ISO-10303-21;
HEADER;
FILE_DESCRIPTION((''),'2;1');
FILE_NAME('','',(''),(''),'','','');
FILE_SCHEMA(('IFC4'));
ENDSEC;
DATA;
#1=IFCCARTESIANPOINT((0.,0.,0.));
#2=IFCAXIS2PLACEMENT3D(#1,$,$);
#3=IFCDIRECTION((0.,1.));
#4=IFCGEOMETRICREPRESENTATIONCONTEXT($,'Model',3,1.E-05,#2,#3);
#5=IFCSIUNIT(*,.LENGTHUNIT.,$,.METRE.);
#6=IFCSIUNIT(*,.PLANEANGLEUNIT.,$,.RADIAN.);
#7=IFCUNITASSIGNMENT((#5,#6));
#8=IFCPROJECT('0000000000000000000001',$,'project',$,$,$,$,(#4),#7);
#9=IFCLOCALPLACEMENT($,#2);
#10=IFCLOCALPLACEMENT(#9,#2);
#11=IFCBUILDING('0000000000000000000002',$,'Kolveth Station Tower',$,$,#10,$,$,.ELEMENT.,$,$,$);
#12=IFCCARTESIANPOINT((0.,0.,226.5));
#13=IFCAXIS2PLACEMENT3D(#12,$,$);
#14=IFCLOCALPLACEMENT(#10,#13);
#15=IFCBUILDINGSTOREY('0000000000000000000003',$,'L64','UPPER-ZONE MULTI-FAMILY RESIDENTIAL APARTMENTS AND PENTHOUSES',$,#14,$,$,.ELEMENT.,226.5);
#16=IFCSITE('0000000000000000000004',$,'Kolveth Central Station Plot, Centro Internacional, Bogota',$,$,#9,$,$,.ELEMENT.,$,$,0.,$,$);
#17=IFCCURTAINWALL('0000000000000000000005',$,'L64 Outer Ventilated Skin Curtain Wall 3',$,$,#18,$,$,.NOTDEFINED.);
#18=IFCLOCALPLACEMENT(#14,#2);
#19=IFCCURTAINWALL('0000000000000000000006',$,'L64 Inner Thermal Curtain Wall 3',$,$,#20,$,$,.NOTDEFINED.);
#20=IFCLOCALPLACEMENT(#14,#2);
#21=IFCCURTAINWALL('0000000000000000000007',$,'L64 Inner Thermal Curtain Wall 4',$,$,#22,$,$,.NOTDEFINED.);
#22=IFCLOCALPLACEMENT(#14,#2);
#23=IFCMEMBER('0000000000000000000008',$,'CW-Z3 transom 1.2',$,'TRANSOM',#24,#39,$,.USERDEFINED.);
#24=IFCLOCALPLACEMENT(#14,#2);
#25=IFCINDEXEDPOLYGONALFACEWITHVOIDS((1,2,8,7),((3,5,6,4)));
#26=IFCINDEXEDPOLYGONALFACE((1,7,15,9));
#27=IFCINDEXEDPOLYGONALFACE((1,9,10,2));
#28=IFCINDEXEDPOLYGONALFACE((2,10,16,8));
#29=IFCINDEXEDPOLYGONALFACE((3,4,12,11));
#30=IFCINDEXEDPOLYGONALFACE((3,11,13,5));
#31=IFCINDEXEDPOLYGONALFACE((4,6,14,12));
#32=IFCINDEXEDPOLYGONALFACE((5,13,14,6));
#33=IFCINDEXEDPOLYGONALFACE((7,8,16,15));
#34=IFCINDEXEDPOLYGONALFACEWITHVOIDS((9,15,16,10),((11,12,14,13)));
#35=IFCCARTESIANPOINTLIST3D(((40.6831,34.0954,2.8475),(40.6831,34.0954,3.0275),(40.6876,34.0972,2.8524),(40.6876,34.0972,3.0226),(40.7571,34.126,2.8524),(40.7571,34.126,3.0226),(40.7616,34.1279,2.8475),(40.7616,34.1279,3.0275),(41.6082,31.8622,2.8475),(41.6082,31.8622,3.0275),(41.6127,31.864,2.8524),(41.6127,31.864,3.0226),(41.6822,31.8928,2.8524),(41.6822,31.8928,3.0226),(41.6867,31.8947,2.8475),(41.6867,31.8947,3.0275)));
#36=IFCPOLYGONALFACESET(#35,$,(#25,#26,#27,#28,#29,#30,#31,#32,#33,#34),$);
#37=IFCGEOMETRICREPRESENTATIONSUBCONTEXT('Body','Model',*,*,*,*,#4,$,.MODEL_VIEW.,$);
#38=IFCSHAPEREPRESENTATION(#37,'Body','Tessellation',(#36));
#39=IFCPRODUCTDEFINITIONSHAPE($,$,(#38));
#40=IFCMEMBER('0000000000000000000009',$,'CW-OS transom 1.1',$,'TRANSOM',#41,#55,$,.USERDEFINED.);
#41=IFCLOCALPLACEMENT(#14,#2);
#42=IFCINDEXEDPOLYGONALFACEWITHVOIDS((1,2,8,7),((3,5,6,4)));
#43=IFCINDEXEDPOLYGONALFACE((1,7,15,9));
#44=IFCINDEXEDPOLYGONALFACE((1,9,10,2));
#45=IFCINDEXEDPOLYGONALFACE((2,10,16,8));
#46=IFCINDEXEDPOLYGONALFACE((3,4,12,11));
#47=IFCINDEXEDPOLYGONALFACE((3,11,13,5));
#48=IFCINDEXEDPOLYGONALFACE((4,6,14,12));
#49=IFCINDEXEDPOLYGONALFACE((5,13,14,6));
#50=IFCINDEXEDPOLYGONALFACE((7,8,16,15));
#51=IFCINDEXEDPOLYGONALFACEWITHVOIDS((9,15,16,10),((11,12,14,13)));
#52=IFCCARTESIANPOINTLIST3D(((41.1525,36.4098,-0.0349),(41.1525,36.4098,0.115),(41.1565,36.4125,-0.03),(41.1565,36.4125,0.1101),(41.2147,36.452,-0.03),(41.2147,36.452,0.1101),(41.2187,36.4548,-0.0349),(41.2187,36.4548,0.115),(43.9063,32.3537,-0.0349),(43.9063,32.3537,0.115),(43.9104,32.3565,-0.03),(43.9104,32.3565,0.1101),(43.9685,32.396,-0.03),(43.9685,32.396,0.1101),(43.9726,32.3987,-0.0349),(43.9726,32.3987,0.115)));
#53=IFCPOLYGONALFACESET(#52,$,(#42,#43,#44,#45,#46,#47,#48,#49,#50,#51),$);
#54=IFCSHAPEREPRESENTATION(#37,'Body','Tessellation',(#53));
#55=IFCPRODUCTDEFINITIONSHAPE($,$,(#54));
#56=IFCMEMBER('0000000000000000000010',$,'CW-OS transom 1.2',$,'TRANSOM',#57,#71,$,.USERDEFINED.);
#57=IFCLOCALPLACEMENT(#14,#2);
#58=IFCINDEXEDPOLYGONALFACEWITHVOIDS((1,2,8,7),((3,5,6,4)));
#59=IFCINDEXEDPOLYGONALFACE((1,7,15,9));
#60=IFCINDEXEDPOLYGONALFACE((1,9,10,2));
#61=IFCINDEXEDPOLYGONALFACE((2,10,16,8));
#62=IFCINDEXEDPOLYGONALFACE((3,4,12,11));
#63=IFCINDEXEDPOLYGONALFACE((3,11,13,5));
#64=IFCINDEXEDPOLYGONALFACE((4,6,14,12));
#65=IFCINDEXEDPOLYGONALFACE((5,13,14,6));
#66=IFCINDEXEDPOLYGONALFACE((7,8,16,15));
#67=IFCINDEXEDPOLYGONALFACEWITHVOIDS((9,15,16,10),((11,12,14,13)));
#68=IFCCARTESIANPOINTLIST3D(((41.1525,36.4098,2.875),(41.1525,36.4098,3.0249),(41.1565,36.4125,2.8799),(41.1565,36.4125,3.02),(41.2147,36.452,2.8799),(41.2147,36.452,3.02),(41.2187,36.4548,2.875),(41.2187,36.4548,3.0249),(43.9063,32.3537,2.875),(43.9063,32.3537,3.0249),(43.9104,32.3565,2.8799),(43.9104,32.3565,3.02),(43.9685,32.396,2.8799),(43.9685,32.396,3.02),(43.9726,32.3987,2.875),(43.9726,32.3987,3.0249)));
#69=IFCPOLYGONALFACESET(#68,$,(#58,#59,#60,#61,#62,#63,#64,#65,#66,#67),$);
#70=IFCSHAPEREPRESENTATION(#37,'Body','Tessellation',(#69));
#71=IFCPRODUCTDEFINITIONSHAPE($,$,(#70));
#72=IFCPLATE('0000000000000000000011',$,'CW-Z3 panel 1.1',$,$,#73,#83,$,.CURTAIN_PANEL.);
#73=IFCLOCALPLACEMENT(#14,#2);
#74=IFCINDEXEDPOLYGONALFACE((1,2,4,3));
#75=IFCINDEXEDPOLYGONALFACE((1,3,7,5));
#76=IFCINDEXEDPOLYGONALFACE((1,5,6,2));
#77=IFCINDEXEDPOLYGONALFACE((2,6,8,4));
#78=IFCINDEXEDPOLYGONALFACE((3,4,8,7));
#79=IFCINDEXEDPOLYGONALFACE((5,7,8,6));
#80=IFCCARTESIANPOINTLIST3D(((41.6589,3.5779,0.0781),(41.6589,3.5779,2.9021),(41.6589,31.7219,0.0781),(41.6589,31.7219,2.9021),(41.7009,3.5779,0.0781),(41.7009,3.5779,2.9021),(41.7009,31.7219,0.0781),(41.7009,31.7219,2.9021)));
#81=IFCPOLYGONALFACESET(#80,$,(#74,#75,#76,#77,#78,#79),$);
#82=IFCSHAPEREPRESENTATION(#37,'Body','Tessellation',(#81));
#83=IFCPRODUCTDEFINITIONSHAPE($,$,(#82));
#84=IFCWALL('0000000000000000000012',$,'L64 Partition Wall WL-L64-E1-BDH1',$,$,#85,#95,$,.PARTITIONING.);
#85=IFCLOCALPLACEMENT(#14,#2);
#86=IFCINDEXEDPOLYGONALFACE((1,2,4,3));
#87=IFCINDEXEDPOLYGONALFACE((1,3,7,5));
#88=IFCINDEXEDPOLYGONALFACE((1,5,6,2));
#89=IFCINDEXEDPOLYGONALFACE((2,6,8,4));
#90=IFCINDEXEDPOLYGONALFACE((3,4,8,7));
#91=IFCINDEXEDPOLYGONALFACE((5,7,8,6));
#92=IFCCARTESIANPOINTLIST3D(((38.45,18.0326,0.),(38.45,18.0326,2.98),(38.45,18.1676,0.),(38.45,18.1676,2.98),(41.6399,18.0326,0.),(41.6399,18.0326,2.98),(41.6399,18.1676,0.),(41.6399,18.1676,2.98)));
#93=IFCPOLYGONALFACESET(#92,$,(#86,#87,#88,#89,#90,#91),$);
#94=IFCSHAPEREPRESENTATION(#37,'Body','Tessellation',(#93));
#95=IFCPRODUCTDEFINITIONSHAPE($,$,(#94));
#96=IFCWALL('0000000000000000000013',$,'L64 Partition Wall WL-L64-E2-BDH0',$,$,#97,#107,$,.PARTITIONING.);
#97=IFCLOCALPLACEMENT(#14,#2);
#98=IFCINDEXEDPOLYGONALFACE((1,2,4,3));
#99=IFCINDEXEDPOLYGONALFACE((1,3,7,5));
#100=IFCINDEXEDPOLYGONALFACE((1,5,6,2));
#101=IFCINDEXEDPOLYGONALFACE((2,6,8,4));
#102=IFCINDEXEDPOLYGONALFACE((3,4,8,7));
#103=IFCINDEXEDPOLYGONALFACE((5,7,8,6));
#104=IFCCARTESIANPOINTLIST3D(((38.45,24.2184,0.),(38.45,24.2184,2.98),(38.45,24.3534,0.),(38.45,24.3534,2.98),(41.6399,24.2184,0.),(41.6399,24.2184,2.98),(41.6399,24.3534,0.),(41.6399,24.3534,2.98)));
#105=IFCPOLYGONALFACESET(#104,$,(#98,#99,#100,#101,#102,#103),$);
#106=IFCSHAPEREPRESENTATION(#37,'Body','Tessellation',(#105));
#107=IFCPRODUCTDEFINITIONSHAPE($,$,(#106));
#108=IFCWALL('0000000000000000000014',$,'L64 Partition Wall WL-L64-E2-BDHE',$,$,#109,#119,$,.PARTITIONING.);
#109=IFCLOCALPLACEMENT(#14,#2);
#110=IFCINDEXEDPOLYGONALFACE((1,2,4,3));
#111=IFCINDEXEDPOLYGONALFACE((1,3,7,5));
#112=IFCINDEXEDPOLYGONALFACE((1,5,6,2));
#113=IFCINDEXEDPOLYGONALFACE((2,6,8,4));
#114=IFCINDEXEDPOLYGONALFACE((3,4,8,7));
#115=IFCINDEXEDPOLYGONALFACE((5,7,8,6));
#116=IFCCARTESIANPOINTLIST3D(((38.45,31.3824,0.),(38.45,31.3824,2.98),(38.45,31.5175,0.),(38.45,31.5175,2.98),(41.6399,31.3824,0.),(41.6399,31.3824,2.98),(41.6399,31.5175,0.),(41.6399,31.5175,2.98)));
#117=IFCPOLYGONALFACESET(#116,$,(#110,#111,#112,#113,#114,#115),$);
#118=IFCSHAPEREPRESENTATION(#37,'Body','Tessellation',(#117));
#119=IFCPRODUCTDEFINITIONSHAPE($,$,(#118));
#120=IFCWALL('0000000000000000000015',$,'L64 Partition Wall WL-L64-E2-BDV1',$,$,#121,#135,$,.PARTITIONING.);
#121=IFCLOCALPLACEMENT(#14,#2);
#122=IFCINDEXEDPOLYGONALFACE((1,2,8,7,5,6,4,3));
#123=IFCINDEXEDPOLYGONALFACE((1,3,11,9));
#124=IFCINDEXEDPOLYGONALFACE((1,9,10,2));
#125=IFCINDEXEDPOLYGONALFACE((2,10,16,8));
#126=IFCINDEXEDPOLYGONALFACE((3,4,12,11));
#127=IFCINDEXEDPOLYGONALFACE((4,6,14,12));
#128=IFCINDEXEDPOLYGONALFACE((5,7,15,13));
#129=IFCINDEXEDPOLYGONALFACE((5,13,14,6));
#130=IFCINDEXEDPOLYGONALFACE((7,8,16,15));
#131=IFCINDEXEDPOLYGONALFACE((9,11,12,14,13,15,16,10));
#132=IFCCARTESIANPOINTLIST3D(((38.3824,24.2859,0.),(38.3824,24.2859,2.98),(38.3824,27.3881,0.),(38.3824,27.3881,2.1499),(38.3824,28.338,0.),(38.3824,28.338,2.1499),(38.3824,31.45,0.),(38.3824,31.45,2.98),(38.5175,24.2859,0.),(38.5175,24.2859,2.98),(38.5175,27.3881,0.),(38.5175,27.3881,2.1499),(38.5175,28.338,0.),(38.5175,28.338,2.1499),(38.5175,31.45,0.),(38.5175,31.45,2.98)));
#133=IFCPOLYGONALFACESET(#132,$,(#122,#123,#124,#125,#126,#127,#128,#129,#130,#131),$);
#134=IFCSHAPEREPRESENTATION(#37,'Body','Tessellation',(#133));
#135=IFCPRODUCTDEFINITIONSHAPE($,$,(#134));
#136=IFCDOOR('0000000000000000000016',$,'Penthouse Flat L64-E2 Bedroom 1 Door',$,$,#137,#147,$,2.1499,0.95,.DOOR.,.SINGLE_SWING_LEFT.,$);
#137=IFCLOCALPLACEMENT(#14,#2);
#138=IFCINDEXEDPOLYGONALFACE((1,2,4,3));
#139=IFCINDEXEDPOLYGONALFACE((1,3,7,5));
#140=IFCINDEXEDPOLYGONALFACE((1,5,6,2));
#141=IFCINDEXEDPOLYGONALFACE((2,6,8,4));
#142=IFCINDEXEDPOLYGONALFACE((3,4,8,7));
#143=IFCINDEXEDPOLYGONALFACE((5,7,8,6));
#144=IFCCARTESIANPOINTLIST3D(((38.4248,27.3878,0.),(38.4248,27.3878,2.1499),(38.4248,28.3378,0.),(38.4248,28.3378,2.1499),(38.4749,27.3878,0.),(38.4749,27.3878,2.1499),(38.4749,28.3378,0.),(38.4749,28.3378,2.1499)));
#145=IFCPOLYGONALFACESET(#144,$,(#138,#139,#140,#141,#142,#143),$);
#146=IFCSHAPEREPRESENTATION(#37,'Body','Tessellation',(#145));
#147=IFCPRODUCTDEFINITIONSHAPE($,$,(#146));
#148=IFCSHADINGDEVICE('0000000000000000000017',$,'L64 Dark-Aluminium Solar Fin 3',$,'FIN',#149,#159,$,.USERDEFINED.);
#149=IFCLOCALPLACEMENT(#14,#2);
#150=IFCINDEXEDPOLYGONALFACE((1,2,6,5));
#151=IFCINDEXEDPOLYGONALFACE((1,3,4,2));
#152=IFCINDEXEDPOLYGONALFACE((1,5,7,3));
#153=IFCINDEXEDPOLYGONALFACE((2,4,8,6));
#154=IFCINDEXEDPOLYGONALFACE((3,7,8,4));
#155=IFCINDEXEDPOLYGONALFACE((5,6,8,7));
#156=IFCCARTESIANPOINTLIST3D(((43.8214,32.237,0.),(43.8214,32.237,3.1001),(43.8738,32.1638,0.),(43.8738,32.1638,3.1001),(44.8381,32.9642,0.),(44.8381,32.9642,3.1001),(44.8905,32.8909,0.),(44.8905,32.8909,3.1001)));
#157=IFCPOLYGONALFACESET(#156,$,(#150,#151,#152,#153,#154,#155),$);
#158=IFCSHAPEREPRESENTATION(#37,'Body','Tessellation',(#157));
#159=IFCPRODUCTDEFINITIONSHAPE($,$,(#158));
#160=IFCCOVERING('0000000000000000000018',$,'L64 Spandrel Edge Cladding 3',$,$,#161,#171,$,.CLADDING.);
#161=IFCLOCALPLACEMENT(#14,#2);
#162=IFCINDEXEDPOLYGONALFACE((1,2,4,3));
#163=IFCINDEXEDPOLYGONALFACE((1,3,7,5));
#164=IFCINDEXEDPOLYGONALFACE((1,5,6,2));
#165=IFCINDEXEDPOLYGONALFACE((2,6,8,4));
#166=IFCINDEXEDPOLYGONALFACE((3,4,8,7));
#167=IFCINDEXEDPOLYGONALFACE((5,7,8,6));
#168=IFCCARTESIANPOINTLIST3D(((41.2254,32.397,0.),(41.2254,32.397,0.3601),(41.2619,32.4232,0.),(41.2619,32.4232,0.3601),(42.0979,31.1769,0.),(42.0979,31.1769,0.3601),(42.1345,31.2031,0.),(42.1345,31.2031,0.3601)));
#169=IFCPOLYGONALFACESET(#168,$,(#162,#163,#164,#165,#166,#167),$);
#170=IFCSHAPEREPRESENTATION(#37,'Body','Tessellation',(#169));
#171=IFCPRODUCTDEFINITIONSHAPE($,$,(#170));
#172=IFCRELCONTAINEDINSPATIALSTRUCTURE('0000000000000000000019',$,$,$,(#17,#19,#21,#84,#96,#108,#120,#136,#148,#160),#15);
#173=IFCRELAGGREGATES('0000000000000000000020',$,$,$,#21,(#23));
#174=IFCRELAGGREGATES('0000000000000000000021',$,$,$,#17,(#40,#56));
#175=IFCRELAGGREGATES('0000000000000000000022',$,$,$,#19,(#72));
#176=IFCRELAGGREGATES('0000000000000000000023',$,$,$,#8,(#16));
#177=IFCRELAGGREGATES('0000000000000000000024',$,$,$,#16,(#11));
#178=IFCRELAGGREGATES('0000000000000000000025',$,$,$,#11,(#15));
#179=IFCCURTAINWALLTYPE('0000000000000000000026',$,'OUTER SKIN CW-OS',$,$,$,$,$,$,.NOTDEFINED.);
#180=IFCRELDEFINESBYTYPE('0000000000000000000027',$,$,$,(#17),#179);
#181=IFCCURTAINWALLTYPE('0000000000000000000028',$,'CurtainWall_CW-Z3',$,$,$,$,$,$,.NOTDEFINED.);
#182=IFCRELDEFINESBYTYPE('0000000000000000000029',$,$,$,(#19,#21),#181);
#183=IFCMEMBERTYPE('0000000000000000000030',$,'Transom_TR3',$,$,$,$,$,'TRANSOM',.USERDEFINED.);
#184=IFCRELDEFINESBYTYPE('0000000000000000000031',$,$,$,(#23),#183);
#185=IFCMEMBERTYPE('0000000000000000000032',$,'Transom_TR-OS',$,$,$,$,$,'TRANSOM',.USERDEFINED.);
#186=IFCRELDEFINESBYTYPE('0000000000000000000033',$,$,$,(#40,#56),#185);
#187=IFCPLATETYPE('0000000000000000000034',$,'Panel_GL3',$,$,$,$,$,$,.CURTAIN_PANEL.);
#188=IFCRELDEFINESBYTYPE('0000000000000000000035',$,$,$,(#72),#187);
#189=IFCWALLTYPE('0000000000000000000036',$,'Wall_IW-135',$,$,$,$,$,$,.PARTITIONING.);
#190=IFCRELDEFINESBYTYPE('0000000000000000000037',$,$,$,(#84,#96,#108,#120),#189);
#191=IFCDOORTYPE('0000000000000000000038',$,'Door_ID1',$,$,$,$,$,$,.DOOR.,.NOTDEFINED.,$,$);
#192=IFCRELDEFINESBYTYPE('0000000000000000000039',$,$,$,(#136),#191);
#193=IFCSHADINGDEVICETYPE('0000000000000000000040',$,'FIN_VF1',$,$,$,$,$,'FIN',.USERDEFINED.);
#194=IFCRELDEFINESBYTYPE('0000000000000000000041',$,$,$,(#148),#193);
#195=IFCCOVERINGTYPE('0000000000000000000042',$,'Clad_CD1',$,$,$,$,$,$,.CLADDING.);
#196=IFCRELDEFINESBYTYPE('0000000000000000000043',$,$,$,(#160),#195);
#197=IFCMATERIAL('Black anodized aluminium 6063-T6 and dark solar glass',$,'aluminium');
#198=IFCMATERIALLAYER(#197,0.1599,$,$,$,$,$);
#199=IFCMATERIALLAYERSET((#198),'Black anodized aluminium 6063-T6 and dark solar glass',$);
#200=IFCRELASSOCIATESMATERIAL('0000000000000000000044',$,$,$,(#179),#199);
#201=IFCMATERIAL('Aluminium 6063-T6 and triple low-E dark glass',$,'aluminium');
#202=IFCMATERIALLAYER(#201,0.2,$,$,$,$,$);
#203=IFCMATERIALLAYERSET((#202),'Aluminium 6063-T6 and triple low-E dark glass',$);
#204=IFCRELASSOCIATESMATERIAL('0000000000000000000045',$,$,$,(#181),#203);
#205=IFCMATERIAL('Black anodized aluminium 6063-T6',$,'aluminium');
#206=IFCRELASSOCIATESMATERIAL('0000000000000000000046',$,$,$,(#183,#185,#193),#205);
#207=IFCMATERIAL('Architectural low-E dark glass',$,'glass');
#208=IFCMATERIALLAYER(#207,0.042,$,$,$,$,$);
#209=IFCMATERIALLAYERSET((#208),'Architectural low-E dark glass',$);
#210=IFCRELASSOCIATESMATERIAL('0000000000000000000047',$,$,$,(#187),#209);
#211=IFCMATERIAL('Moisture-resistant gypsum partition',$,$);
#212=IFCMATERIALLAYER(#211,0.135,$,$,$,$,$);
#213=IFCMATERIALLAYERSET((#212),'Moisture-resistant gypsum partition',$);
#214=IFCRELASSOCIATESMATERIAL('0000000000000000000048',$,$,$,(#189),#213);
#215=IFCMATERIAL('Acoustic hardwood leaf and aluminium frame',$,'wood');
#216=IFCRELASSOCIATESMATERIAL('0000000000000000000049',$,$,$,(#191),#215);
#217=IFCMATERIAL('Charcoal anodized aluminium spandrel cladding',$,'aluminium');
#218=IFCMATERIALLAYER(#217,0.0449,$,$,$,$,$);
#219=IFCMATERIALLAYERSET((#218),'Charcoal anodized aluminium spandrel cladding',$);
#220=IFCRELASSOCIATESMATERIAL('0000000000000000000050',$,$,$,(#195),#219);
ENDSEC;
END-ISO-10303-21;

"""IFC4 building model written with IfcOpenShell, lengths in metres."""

from ifc_helpers import new_model, si_unit, direction, frame, frame_2d, origin, origin_2d, place, context, subcontext, project, spatial, rectangle, hollow_rectangle, extrude, source, transform, mapped, material, layer, layer_set, material_profile, profile_set, type_object, element, fill, aggregate, save


model = new_model("IFC4")

# Units and contexts
model_context = context("Model", 3, precision=1e-05, world=origin(), true_north=direction((0.0, 1.0)))
body_context = subcontext(model_context, "Body", "Model", "MODEL_VIEW")
ifc_project = project(units=[si_unit("LENGTHUNIT", "METRE"), si_unit("PLANEANGLEUNIT", "RADIAN")], contexts=[model_context])

# Site, building, storey
site_placement = place(None, origin())
site = spatial("IfcSite", under=ifc_project, at=site_placement, Name="Kolveth Central Station Plot, Centro Internacional, Bogota", CompositionType="ELEMENT", RefElevation=0.0)
building_placement = place(site_placement, origin())
building = spatial("IfcBuilding", under=site, at=building_placement, Name="Kolveth Station Tower", CompositionType="ELEMENT")
storey_placement = place(building_placement, frame((0.0, 0.0, 226.5)))
storey = spatial("IfcBuildingStorey", under=building, at=storey_placement, Name="L64", Description="UPPER-ZONE MULTI-FAMILY RESIDENTIAL APARTMENTS AND PENTHOUSES", CompositionType="ELEMENT", Elevation=226.5)

# Curtain walls
ifc_material_1 = material(Name="Black anodized aluminium 6063-T6 and dark solar glass", Category="aluminium")
ifc_layer_1 = layer(ifc_material_1, 0.1599)
ifc_layer_set_1 = layer_set([ifc_layer_1], Name="Black anodized aluminium 6063-T6 and dark solar glass")
curtain_wall_type_1 = type_object("IfcCurtainWallType", Name="OUTER SKIN CW-OS", PredefinedType="NOTDEFINED", material=ifc_layer_set_1)
ifc_material_2 = material(Name="Black anodized aluminium 6063-T6", Category="aluminium")
curtain_wall_1_placement = place(storey_placement, origin())
curtain_wall_1 = element("IfcCurtainWall", 1, at=curtain_wall_1_placement, inside=storey, type_object=curtain_wall_type_1, Name="L64 Outer Ventilated Skin Curtain Wall 3", PredefinedType="NOTDEFINED")
ifc_material_3 = material(Name="Aluminium 6063-T6 and triple low-E dark glass", Category="aluminium")
ifc_layer_2 = layer(ifc_material_3, 0.2)
ifc_layer_set_2 = layer_set([ifc_layer_2], Name="Aluminium 6063-T6 and triple low-E dark glass")
curtain_wall_type_2 = type_object("IfcCurtainWallType", Name="CurtainWall_CW-Z3", PredefinedType="NOTDEFINED", material=ifc_layer_set_2)
curtain_wall_2_placement = place(storey_placement, origin())
curtain_wall_2 = element("IfcCurtainWall", 2, at=curtain_wall_2_placement, inside=storey, type_object=curtain_wall_type_2, Name="L64 Inner Thermal Curtain Wall 3", PredefinedType="NOTDEFINED")

# Curtain wall, member
curtain_wall_3_placement = place(storey_placement, origin())
curtain_wall_3 = element("IfcCurtainWall", 3, at=curtain_wall_3_placement, inside=storey, type_object=curtain_wall_type_2, Name="L64 Inner Thermal Curtain Wall 4", PredefinedType="NOTDEFINED")
ifc_material_profile_1 = material_profile(ifc_material_2, hollow_rectangle(XDim=0.085, YDim=0.1799, WallThickness=0.0049, at=origin_2d()), Name="ALU-85x180x5")
ifc_profile_set_1 = profile_set([ifc_material_profile_1], Name="Black anodized aluminium 6063-T6")
member_type_1 = type_object("IfcMemberType", Name="Transom_TR3", ElementType="TRANSOM", PredefinedType="USERDEFINED", material=ifc_profile_set_1)
shared_shape_1 = source(origin(), body_context, "Body", "SweptSolid", [
    extrude(hollow_rectangle(XDim=0.085, YDim=0.1799, WallThickness=0.0049, at=origin_2d()), origin(), (0.0, 0.0, 1.0), 2.4172),
])
member_1_placement = place(storey_placement, frame((41.6475, 31.8784, 2.9375), z_axis=(-0.3827, 0.923873, 0.0), x_axis=(-0.923873, -0.3827, 0.0)))
member_1 = element("IfcMember", 4, at=member_1_placement, type_object=member_type_1, Name="CW-Z3 transom 1.2", ObjectType="TRANSOM", PredefinedType="USERDEFINED", context=body_context, shape_type="MappedRepresentation", body=[
    mapped(shared_shape_1, transform((0.0, 0.0, 0.0), x_axis=(1.0, 0.0, 0.0), y_axis=(0.0, 1.0, 0.0), z_axis=(0.0, 0.0, 1.0), scale=1.0)),
])
aggregate(curtain_wall_3, [member_1])

# Members
ifc_material_profile_2 = material_profile(ifc_material_2, hollow_rectangle(XDim=0.0801, YDim=0.1499, WallThickness=0.0049, at=origin_2d()), Name="ALU-80x150x5")
ifc_profile_set_2 = profile_set([ifc_material_profile_2], Name="Black anodized aluminium 6063-T6")
member_type_2 = type_object("IfcMemberType", Name="Transom_TR-OS", ElementType="TRANSOM", PredefinedType="USERDEFINED", material=ifc_profile_set_2)
shared_shape_2 = source(origin(), body_context, "Body", "SweptSolid", [
    extrude(hollow_rectangle(XDim=0.0801, YDim=0.1499, WallThickness=0.0049, at=origin_2d()), origin(), (0.0, 0.0, 1.0), 4.9026),
])
member_2_placement = place(storey_placement, frame((43.9395, 32.3762, 0.04), z_axis=(-0.561713, 0.827332, 0.0), x_axis=(-0.827332, -0.561713, 0.0)))
member_2 = element("IfcMember", 5, at=member_2_placement, type_object=member_type_2, Name="CW-OS transom 1.1", ObjectType="TRANSOM", PredefinedType="USERDEFINED", context=body_context, shape_type="MappedRepresentation", body=[
    mapped(shared_shape_2, transform((0.0, 0.0, 0.0), x_axis=(1.0, 0.0, 0.0), y_axis=(0.0, 1.0, 0.0), z_axis=(0.0, 0.0, 1.0), scale=1.0)),
])
member_3_placement = place(storey_placement, frame((43.9395, 32.3762, 2.95), z_axis=(-0.561713, 0.827332, 0.0), x_axis=(-0.827332, -0.561713, 0.0)))
member_3 = element("IfcMember", 6, at=member_3_placement, type_object=member_type_2, Name="CW-OS transom 1.2", ObjectType="TRANSOM", PredefinedType="USERDEFINED", context=body_context, shape_type="MappedRepresentation", body=[
    mapped(shared_shape_2, transform((0.0, 0.0, 0.0), x_axis=(1.0, 0.0, 0.0), y_axis=(0.0, 1.0, 0.0), z_axis=(0.0, 0.0, 1.0), scale=1.0)),
])
aggregate(curtain_wall_1, [member_2, member_3])

# Plate
ifc_material_4 = material(Name="Architectural low-E dark glass", Category="glass")
ifc_layer_3 = layer(ifc_material_4, 0.042)
ifc_layer_set_3 = layer_set([ifc_layer_3], Name="Architectural low-E dark glass")
plate_type = type_object("IfcPlateType", Name="Panel_GL3", PredefinedType="CURTAIN_PANEL", material=ifc_layer_set_3)
shared_shape_3 = source(origin(), body_context, "Body", "SweptSolid", [
    extrude(rectangle(XDim=28.144, YDim=0.042, at=origin_2d()), origin(), (0.0, 0.0, 1.0), 2.824),
])
plate_placement = place(storey_placement, frame((41.6799, 17.6499, 0.0781), z_axis=(0.0, 0.0, 1.0), x_axis=(0.0, 1.0, 0.0)))
plate = element("IfcPlate", 7, at=plate_placement, type_object=plate_type, Name="CW-Z3 panel 1.1", PredefinedType="CURTAIN_PANEL", context=body_context, shape_type="MappedRepresentation", body=[
    mapped(shared_shape_3, transform((0.0, 0.0, 0.0), x_axis=(1.0, 0.0, 0.0), y_axis=(0.0, 1.0, 0.0), z_axis=(0.0, 0.0, 1.0), scale=1.0)),
])
aggregate(curtain_wall_2, [plate])

# Shared definitions
ifc_material_5 = material(Name="Moisture-resistant gypsum partition")
ifc_layer_4 = layer(ifc_material_5, 0.135)
ifc_layer_set_4 = layer_set([ifc_layer_4], Name="Moisture-resistant gypsum partition")
wall_type = type_object("IfcWallType", Name="Wall_IW-135", PredefinedType="PARTITIONING", material=ifc_layer_set_4)
ifc_material_6 = material(Name="Acoustic hardwood leaf and aluminium frame", Category="wood")
door_type = type_object("IfcDoorType", Name="Door_ID1", OperationType="NOTDEFINED", PredefinedType="DOOR", material=ifc_material_6)

# Walls
for number, where, z_axis, x_axis, name in (
    (8, (38.45, 18.1001, 0.0), (0.0, 0.0, 1.0), (1.0, 0.0, 0.0), "L64 Partition Wall WL-L64-E1-BDH1"),
    (9, (38.45, 24.2859, 0.0), (0.0, 0.0, 1.0), (1.0, 0.0, 0.0), "L64 Partition Wall WL-L64-E2-BDH0"),
    (10, (38.45, 31.45, 0.0), (0.0, 0.0, 1.0), (1.0, 0.0, 0.0), "L64 Partition Wall WL-L64-E2-BDHE"),
):
    element("IfcWall", number, at=place(storey_placement, frame(where, z_axis=z_axis, x_axis=x_axis)), inside=storey, type_object=wall_type, Name=name, PredefinedType="PARTITIONING", context=body_context, shape_type="SweptSolid", body=[
        extrude(rectangle(XDim=3.1899, YDim=0.135, at=frame_2d((1.595, 0.0))), origin(), (0.0, 0.0, 1.0), 2.98),
    ])

# Wall, opening, door
wall_1_placement = place(storey_placement, frame((38.45, 24.2859, 0.0), z_axis=(0.0, 0.0, 1.0), x_axis=(0.0, 1.0, 0.0)))
wall_1 = element("IfcWall", 11, at=wall_1_placement, inside=storey, type_object=wall_type, Name="L64 Partition Wall WL-L64-E2-BDV1", PredefinedType="PARTITIONING", context=body_context, shape_type="SweptSolid", body=[
    extrude(rectangle(XDim=7.1641, YDim=0.135, at=frame_2d((3.582, 0.0))), origin(), (0.0, 0.0, 1.0), 2.98),
])
opening_1_placement = place(wall_1_placement, frame((3.1021, 0.0, 0.0)))
opening_1 = element("IfcOpeningElement", 12, at=opening_1_placement, cuts=wall_1, PredefinedType="OPENING", context=body_context, shape_type="SweptSolid", body=[
    extrude(rectangle(XDim=0.95, YDim=2.1499, at=frame_2d((0.4751, 1.075))), frame((0.0, 0.0774, 0.0), z_axis=(0.0, -1.0, 0.0), x_axis=(1.0, 0.0, 0.0)), (0.0, 0.0, 1.0), 0.155),
])
door_1_placement = place(opening_1_placement, frame((0.95, 0.0, 0.0), z_axis=(0.0, 0.0, 1.0), x_axis=(-1.0, 0.0, 0.0)))
door_1 = element("IfcDoor", 13, at=door_1_placement, inside=storey, type_object=door_type, Name="Penthouse Flat L64-E2 Bedroom 1 Door", OperationType="SINGLE_SWING_LEFT", OverallHeight=2.1499, OverallWidth=0.95, PredefinedType="DOOR", context=body_context, shape_type="SweptSolid", body=[
    extrude(rectangle(XDim=0.95, YDim=2.1499, at=frame_2d((0.4751, 1.075))), frame((0.0, 0.0249, 0.0), z_axis=(0.0, -1.0, 0.0), x_axis=(1.0, 0.0, 0.0)), (0.0, 0.0, 1.0), 0.05),
])
fill(opening_1, door_1)

# Shading device
shading_device_type = type_object("IfcShadingDeviceType", Name="FIN_VF1", ElementType="FIN", PredefinedType="USERDEFINED", material=ifc_material_2)
shared_shape_4 = source(origin(), body_context, "Body", "SweptSolid", [
    extrude(rectangle(XDim=1.25, YDim=0.0901, at=origin_2d()), origin(), (0.0, 0.0, 1.0), 3.1001),
])
shading_device_placement = place(storey_placement, frame((44.356, 32.564, 0.0), z_axis=(0.0, 0.0, 1.0), x_axis=(0.813405, 0.581697, 0.0)))
element("IfcShadingDevice", 14, at=shading_device_placement, inside=storey, type_object=shading_device_type, Name="L64 Dark-Aluminium Solar Fin 3", ObjectType="FIN", PredefinedType="USERDEFINED", context=body_context, shape_type="MappedRepresentation", body=[
    mapped(shared_shape_4, transform((0.0, 0.0, 0.0), x_axis=(1.0, 0.0, 0.0), y_axis=(0.0, 1.0, 0.0), z_axis=(0.0, 0.0, 1.0), scale=1.0)),
])

# Covering
ifc_material_7 = material(Name="Charcoal anodized aluminium spandrel cladding", Category="aluminium")
ifc_layer_5 = layer(ifc_material_7, 0.0449)
ifc_layer_set_5 = layer_set([ifc_layer_5], Name="Charcoal anodized aluminium spandrel cladding")
covering_type = type_object("IfcCoveringType", Name="Clad_CD1", PredefinedType="CLADDING", material=ifc_layer_set_5)
shared_shape_5 = source(origin(), body_context, "Body", "SweptSolid", [
    extrude(rectangle(XDim=1.5, YDim=0.0449, at=origin_2d()), origin(), (0.0, 0.0, 1.0), 0.3601),
])
covering_placement = place(storey_placement, frame((41.6799, 31.8, 0.0), z_axis=(0.0, 0.0, 1.0), x_axis=(-0.581697, 0.813405, 0.0)))
element("IfcCovering", 15, at=covering_placement, inside=storey, type_object=covering_type, Name="L64 Spandrel Edge Cladding 3", PredefinedType="CLADDING", context=body_context, shape_type="MappedRepresentation", body=[
    mapped(shared_shape_5, transform((0.0, 0.0, 0.0), x_axis=(1.0, 0.0, 0.0), y_axis=(0.0, 1.0, 0.0), z_axis=(0.0, 0.0, 1.0), scale=1.0)),
])

save(model, "model.ifc")
